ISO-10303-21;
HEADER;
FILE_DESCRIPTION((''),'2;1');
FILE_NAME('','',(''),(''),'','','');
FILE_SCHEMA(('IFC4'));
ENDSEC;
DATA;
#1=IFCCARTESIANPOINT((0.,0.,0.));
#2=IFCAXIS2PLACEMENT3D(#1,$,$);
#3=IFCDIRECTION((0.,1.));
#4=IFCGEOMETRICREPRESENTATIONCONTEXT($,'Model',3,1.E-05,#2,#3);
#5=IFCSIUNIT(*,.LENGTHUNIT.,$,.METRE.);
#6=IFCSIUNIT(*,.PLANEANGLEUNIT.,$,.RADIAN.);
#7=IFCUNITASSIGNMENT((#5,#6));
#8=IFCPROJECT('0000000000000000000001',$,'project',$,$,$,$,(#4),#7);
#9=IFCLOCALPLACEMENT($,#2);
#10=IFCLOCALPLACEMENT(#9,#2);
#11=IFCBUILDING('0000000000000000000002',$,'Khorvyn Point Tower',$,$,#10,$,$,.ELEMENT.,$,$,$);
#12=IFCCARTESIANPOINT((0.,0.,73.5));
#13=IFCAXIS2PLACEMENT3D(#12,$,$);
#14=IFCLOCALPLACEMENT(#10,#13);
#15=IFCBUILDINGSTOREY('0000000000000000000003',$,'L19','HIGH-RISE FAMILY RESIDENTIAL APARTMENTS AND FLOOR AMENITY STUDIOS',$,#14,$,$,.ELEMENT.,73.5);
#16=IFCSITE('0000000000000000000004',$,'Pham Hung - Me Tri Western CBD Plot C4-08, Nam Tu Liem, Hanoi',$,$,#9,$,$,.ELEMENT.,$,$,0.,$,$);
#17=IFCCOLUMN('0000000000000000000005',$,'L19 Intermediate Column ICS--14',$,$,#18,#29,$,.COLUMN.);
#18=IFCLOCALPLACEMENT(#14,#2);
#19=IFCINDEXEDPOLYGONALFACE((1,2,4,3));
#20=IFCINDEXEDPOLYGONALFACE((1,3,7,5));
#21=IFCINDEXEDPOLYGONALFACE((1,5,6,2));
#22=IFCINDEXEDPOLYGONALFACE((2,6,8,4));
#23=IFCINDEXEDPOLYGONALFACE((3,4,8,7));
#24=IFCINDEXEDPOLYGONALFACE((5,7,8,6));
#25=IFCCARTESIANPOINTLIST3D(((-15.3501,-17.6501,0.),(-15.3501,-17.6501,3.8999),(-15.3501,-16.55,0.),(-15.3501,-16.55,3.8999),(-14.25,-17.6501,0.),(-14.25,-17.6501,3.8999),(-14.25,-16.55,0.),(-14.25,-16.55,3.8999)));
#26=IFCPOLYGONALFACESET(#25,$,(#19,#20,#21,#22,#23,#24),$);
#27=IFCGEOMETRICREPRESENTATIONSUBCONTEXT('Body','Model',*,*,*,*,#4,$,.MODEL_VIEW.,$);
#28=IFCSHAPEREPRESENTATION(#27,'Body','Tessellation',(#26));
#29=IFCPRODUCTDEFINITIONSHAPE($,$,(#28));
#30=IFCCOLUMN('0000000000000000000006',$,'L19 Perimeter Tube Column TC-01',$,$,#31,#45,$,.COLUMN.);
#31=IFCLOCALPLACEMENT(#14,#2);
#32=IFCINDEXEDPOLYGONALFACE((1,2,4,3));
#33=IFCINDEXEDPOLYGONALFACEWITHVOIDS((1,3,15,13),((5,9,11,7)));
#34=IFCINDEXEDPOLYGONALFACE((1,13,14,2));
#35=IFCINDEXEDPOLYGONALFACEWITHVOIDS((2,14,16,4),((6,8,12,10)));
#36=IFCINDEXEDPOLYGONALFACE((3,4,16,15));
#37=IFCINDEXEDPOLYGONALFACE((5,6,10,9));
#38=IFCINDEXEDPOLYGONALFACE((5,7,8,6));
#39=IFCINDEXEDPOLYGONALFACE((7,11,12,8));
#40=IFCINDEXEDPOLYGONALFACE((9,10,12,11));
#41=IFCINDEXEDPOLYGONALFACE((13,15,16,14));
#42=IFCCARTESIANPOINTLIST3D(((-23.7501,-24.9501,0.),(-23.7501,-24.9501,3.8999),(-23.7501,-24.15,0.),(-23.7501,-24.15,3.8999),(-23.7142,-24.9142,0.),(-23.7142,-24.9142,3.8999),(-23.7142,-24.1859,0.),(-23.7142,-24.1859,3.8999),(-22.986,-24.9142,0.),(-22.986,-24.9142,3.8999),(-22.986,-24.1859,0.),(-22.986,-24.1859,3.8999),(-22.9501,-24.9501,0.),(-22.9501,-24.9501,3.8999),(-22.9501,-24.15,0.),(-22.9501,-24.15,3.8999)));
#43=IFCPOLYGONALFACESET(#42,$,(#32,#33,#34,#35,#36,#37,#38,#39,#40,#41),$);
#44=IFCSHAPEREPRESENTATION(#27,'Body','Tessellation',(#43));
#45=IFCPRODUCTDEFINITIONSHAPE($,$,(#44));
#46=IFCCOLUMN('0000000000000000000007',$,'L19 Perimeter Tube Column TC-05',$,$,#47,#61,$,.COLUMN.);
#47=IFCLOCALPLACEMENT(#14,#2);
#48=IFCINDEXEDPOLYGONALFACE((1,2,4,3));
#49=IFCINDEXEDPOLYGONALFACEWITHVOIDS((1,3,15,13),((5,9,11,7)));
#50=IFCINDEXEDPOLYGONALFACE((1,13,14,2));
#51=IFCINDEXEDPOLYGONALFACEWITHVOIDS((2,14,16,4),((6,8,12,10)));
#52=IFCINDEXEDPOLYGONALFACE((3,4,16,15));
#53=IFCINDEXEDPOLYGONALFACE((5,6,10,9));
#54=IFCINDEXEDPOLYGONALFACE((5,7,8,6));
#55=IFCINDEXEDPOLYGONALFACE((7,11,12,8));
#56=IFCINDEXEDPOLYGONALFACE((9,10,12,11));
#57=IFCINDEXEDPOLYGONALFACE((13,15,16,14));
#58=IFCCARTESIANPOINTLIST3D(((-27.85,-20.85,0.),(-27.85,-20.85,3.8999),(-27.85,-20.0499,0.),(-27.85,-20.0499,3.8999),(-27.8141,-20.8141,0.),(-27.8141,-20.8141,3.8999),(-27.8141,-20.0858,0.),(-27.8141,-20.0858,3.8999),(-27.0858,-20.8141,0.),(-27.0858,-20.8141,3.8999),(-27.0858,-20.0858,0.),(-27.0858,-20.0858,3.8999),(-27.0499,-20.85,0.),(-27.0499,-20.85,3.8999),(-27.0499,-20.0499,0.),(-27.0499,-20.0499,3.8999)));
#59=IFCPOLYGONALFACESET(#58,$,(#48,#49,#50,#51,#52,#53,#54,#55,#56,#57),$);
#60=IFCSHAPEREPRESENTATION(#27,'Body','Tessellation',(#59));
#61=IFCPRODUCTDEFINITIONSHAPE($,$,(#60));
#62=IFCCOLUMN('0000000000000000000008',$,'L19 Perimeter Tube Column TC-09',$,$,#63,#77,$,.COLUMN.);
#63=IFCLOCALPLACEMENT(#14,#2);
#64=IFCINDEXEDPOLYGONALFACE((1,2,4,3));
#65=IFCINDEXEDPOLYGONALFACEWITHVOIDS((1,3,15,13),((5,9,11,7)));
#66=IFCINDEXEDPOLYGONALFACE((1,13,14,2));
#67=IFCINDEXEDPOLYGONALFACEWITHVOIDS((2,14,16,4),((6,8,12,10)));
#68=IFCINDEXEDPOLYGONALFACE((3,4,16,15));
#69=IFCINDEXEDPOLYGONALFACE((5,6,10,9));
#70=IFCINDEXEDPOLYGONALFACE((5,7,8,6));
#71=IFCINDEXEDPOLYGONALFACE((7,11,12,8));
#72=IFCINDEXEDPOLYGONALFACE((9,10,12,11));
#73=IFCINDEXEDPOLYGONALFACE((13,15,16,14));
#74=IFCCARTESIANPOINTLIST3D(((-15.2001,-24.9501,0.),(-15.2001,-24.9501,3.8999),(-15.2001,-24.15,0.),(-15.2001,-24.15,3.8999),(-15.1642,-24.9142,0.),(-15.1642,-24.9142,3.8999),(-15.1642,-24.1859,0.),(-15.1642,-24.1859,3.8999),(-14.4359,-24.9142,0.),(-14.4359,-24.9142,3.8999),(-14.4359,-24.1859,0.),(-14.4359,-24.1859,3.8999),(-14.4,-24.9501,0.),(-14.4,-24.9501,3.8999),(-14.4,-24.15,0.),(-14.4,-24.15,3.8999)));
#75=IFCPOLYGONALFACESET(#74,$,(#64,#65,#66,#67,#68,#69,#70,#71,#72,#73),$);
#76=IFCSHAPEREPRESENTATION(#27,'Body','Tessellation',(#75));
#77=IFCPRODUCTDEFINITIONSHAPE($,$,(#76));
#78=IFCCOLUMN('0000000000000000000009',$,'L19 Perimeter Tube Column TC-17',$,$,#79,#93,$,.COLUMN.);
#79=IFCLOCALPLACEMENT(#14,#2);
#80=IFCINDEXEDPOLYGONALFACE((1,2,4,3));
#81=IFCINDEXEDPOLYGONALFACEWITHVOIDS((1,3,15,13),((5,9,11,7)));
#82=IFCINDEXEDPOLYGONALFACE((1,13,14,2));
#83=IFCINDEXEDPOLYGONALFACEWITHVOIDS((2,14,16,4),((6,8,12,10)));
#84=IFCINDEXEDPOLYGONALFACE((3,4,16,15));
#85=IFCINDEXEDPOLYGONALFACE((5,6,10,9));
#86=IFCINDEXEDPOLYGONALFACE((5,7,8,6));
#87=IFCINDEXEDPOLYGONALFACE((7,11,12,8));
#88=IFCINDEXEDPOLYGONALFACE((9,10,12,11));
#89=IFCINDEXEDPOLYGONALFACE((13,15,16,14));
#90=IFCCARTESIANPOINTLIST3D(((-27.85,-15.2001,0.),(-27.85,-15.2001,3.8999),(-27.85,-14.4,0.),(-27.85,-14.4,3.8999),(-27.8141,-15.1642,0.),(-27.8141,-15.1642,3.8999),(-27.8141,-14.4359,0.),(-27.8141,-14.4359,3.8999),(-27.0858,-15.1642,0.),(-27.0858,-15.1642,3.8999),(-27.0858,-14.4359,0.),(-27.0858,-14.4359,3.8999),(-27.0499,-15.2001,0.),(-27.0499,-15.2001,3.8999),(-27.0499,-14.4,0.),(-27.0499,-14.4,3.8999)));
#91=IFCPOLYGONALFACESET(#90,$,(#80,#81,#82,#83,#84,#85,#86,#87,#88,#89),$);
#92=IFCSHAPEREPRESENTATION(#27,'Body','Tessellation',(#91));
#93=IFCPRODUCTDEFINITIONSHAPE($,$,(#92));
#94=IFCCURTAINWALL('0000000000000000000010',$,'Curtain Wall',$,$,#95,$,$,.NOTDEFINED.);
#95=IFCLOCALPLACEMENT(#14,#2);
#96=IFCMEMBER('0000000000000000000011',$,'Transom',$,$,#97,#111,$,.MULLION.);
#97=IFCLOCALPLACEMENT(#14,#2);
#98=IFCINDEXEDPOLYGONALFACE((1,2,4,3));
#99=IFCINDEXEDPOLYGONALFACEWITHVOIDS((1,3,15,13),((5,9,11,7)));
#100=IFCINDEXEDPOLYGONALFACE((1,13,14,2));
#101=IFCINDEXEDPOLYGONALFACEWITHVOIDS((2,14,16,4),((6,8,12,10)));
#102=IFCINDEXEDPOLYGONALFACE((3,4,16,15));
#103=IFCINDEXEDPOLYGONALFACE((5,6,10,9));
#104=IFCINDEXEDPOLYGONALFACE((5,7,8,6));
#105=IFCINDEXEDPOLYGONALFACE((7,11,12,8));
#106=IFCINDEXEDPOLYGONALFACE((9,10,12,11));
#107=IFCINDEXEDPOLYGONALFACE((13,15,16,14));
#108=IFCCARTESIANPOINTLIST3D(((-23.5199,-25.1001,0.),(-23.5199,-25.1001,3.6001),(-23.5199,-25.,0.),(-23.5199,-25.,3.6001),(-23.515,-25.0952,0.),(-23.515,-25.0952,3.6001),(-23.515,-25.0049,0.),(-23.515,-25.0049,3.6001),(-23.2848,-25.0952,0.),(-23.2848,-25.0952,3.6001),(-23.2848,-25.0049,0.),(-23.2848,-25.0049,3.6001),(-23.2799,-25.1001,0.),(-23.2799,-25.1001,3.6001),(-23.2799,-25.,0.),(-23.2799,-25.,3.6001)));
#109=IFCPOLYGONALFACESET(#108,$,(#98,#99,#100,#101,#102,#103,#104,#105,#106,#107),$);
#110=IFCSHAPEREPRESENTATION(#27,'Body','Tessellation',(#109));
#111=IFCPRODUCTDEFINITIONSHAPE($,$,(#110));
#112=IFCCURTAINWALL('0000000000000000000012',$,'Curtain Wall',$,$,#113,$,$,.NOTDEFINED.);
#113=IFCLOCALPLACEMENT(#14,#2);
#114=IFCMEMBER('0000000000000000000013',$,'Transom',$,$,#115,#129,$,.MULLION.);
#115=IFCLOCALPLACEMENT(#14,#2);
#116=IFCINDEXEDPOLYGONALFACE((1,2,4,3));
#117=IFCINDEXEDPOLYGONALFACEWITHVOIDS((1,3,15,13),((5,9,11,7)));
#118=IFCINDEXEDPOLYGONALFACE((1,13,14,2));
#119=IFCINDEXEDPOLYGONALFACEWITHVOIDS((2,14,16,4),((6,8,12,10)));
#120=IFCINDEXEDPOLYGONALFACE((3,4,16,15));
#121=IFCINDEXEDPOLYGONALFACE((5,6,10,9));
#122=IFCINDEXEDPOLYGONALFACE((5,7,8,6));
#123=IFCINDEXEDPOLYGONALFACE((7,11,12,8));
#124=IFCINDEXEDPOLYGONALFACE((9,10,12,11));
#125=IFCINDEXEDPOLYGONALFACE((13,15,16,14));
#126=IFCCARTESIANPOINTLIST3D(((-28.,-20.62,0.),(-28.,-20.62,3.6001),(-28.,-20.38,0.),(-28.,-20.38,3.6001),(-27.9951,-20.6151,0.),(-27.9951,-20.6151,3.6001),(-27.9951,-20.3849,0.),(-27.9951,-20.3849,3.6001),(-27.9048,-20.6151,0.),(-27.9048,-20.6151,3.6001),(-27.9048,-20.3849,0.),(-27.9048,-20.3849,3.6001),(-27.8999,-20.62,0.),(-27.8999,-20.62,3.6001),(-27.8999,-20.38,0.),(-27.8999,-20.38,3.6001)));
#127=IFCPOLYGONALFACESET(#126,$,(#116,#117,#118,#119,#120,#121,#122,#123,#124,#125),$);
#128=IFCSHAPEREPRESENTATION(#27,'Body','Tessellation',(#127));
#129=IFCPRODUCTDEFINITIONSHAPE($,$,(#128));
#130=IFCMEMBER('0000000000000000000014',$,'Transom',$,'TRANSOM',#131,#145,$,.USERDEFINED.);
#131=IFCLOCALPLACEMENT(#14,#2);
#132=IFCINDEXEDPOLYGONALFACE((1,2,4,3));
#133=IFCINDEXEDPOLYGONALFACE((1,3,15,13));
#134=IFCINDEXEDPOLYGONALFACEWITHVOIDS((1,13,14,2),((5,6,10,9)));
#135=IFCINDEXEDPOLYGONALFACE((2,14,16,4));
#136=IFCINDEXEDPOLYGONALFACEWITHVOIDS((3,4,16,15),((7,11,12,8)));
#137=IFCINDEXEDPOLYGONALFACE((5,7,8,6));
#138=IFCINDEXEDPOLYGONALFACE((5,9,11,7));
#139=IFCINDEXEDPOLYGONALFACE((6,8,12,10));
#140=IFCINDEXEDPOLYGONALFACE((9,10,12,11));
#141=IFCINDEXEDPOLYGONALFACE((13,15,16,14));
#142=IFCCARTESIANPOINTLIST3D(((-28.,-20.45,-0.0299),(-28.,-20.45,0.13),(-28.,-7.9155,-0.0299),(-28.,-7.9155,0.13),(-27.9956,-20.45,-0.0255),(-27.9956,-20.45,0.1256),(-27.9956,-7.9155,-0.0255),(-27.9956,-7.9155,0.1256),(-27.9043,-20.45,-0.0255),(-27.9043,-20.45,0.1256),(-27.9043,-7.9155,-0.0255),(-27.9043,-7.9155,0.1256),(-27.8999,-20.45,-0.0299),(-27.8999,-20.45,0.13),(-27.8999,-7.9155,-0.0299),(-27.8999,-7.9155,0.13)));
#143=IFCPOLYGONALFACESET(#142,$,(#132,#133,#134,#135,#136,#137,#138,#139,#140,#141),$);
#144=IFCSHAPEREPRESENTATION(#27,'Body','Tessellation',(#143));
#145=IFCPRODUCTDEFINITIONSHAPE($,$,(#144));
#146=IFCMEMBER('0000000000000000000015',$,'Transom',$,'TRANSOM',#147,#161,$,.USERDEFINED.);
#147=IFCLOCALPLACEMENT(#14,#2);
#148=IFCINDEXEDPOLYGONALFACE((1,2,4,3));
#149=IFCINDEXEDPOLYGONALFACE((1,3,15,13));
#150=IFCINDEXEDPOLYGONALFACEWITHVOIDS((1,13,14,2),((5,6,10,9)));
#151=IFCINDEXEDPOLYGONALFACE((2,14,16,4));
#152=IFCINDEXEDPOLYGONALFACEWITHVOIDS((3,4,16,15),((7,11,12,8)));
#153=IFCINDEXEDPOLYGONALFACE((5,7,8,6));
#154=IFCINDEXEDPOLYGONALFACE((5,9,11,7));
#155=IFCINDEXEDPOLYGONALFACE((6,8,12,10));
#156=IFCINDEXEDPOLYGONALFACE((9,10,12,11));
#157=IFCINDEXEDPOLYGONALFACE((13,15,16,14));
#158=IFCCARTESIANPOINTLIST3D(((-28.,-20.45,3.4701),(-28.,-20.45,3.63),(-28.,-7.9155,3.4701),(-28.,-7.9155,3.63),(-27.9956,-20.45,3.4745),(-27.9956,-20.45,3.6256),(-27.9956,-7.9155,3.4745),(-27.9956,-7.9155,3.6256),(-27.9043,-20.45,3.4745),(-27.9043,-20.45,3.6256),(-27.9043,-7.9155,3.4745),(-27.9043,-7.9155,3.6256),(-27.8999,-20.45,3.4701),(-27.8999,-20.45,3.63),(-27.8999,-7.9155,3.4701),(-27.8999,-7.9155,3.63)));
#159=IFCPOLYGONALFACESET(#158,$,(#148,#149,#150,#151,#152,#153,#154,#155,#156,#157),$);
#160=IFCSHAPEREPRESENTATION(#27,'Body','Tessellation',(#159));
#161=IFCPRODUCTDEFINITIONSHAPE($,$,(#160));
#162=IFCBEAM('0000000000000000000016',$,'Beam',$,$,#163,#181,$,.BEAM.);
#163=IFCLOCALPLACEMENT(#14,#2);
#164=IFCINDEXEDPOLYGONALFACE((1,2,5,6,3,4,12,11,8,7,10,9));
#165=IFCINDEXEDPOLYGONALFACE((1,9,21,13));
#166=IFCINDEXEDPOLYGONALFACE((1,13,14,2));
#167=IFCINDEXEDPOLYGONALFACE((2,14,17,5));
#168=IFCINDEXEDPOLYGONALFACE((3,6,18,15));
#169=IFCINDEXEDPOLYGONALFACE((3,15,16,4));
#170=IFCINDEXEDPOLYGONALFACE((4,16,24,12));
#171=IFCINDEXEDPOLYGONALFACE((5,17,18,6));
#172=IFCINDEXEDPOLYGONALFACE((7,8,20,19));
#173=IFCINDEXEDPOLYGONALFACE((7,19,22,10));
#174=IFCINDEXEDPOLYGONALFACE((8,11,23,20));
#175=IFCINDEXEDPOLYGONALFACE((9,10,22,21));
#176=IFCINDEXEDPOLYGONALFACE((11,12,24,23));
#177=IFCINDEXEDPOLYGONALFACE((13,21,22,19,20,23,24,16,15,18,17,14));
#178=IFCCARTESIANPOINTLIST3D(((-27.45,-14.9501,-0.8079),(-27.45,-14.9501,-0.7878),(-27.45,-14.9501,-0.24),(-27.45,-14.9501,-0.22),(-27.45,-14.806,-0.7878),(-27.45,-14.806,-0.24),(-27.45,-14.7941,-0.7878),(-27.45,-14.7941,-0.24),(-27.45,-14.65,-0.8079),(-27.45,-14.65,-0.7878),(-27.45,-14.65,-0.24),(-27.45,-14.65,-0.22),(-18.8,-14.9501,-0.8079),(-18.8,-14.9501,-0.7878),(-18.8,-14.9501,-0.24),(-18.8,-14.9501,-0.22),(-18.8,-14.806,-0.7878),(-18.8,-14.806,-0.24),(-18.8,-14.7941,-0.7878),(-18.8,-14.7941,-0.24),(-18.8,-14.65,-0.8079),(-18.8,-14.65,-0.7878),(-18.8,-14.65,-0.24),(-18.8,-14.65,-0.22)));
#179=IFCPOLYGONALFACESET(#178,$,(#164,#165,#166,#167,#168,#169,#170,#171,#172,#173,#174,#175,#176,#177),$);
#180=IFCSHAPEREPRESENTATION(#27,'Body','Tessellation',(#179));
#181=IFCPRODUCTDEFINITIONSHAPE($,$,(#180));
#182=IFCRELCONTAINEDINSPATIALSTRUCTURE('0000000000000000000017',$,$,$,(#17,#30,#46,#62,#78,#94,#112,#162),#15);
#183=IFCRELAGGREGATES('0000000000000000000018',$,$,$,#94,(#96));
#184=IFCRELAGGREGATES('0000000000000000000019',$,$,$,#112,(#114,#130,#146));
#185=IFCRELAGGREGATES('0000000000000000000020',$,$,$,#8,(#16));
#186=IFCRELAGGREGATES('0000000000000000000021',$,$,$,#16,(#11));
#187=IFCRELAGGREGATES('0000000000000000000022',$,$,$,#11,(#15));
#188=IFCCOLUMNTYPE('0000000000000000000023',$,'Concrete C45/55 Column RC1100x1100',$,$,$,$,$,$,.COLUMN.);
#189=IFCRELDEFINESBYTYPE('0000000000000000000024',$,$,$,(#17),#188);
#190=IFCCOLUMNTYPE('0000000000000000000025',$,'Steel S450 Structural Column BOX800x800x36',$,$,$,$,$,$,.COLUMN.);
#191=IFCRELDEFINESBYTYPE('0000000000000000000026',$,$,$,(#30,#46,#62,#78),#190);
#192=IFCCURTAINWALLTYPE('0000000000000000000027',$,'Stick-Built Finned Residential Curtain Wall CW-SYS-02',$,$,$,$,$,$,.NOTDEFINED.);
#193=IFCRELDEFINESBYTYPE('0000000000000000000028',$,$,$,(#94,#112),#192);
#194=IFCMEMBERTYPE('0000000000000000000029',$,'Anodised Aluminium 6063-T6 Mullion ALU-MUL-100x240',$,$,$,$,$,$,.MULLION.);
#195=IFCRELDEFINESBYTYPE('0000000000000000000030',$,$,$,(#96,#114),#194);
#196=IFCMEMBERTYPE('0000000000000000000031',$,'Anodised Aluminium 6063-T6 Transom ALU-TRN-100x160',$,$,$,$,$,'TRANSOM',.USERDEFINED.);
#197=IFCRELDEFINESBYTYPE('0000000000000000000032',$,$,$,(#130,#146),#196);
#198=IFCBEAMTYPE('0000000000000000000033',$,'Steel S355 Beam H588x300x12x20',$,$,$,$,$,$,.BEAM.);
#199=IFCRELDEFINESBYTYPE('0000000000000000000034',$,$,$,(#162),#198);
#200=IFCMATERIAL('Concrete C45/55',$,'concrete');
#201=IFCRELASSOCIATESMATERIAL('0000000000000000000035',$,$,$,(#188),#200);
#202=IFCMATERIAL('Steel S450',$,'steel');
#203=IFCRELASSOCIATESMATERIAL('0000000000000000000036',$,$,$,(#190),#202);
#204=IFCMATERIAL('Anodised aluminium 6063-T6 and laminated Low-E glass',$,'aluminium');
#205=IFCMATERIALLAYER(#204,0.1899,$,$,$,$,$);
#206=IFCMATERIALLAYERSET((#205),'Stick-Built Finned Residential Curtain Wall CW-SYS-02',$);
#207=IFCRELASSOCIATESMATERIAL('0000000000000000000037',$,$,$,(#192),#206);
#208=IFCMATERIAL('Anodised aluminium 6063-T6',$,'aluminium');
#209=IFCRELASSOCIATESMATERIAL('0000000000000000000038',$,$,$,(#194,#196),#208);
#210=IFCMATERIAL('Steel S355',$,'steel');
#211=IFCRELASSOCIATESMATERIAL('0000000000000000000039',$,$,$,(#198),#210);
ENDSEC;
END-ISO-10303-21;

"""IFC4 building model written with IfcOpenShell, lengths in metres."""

from ifc_helpers import new_model, si_unit, direction, frame, origin, origin_2d, place, context, subcontext, project, spatial, rectangle, hollow_rectangle, i_section, extrude, material, layer, layer_set, material_profile, profile_set, type_object, element, aggregate, save


model = new_model("IFC4")

# Units and contexts
model_context = context("Model", 3, precision=1e-05, world=origin(), true_north=direction((0.0, 1.0)))
body_context = subcontext(model_context, "Body", "Model", "MODEL_VIEW")
ifc_project = project(units=[si_unit("LENGTHUNIT", "METRE"), si_unit("PLANEANGLEUNIT", "RADIAN")], contexts=[model_context])

# Site, building, storey
site_placement = place(None, origin())
site = spatial("IfcSite", under=ifc_project, at=site_placement, Name="Pham Hung - Me Tri Western CBD Plot C4-08, Nam Tu Liem, Hanoi", CompositionType="ELEMENT", RefElevation=0.0)
building_placement = place(site_placement, origin())
building = spatial("IfcBuilding", under=site, at=building_placement, Name="Khorvyn Point Tower", CompositionType="ELEMENT")
storey_placement = place(building_placement, frame((0.0, 0.0, 73.5)))
storey = spatial("IfcBuildingStorey", under=building, at=storey_placement, Name="L19", Description="HIGH-RISE FAMILY RESIDENTIAL APARTMENTS AND FLOOR AMENITY STUDIOS", CompositionType="ELEMENT", Elevation=73.5)

# Columns
ifc_material_1 = material(Name="Concrete C45/55", Category="concrete")
ifc_material_profile_1 = material_profile(ifc_material_1, rectangle(XDim=1.1001, YDim=1.1001, at=origin_2d()))
ifc_profile_set_1 = profile_set([ifc_material_profile_1], Name="Concrete C45/55 RC1100x1100")
column_type_1 = type_object("IfcColumnType", Name="Concrete C45/55 Column RC1100x1100", PredefinedType="COLUMN", material=ifc_profile_set_1)
column_placement = place(storey_placement, frame((-14.8, -17.1001, 0.0), z_axis=(0.0, 0.0, 1.0), x_axis=(1.0, 0.0, 0.0)))
element("IfcColumn", 1, at=column_placement, inside=storey, type_object=column_type_1, Name="L19 Intermediate Column ICS--14", PredefinedType="COLUMN", context=body_context, shape_type="SweptSolid", body=[
    extrude(rectangle(XDim=1.1001, YDim=1.1001, at=origin_2d()), origin(), (0.0, 0.0, 1.0), 3.8999),
])
ifc_material_2 = material(Name="Steel S450", Category="steel")
ifc_material_profile_2 = material_profile(ifc_material_2, hollow_rectangle(XDim=0.8, YDim=0.8, WallThickness=0.0359, at=origin_2d()))
ifc_profile_set_2 = profile_set([ifc_material_profile_2], Name="Steel S450 BOX800x800x36")
column_type_2 = type_object("IfcColumnType", Name="Steel S450 Structural Column BOX800x800x36", PredefinedType="COLUMN", material=ifc_profile_set_2)
for number, where, z_axis, x_axis, name in (
    (2, (-23.3501, -24.55, 0.0), (0.0, 0.0, 1.0), (1.0, 0.0, 0.0), "L19 Perimeter Tube Column TC-01"),
    (3, (-27.45, -20.45, 0.0), (0.0, 0.0, 1.0), (1.0, 0.0, 0.0), "L19 Perimeter Tube Column TC-05"),
    (4, (-14.8, -24.55, 0.0), (0.0, 0.0, 1.0), (1.0, 0.0, 0.0), "L19 Perimeter Tube Column TC-09"),
    (5, (-27.45, -14.8, 0.0), (0.0, 0.0, 1.0), (1.0, 0.0, 0.0), "L19 Perimeter Tube Column TC-17"),
):
    element("IfcColumn", number, at=place(storey_placement, frame(where, z_axis=z_axis, x_axis=x_axis)), inside=storey, type_object=column_type_2, Name=name, PredefinedType="COLUMN", context=body_context, shape_type="SweptSolid", body=[
        extrude(hollow_rectangle(XDim=0.8, YDim=0.8, WallThickness=0.0359, at=origin_2d()), origin(), (0.0, 0.0, 1.0), 3.8999),
    ])

# Curtain wall, member
ifc_material_3 = material(Name="Anodised aluminium 6063-T6 and laminated Low-E glass", Category="aluminium")
ifc_layer_1 = layer(ifc_material_3, 0.1899)
ifc_layer_set_1 = layer_set([ifc_layer_1], Name="Stick-Built Finned Residential Curtain Wall CW-SYS-02")
curtain_wall_type = type_object("IfcCurtainWallType", Name="Stick-Built Finned Residential Curtain Wall CW-SYS-02", PredefinedType="NOTDEFINED", material=ifc_layer_set_1)
curtain_wall_1_placement = place(storey_placement, origin())
curtain_wall_1 = element("IfcCurtainWall", 6, at=curtain_wall_1_placement, inside=storey, type_object=curtain_wall_type, Name="Curtain Wall", PredefinedType="NOTDEFINED")
ifc_material_4 = material(Name="Anodised aluminium 6063-T6", Category="aluminium")
ifc_material_profile_3 = material_profile(ifc_material_4, hollow_rectangle(XDim=0.1001, YDim=0.24, WallThickness=0.0049, at=origin_2d()))
ifc_profile_set_3 = profile_set([ifc_material_profile_3], Name="Anodised aluminium 6063-T6 ALU-MUL-100x240")
member_type_1 = type_object("IfcMemberType", Name="Anodised Aluminium 6063-T6 Mullion ALU-MUL-100x240", PredefinedType="MULLION", material=ifc_profile_set_3)
member_1_placement = place(storey_placement, frame((-23.3999, -25.05, 0.0), z_axis=(0.0, 0.0, 1.0), x_axis=(0.0, -1.0, 0.0)))
member_1 = element("IfcMember", 7, at=member_1_placement, type_object=member_type_1, Name="Transom", PredefinedType="MULLION", context=body_context, shape_type="SweptSolid", body=[
    extrude(hollow_rectangle(XDim=0.1001, YDim=0.24, WallThickness=0.0049, at=origin_2d()), origin(), (0.0, 0.0, 1.0), 3.6001),
])

# Curtain wall, members
curtain_wall_2_placement = place(storey_placement, origin())
curtain_wall_2 = element("IfcCurtainWall", 8, at=curtain_wall_2_placement, inside=storey, type_object=curtain_wall_type, Name="Curtain Wall", PredefinedType="NOTDEFINED")
member_2_placement = place(storey_placement, frame((-27.95, -20.5, 0.0), z_axis=(0.0, 0.0, 1.0), x_axis=(-1.0, 0.0, 0.0)))
member_2 = element("IfcMember", 9, at=member_2_placement, type_object=member_type_1, Name="Transom", PredefinedType="MULLION", context=body_context, shape_type="SweptSolid", body=[
    extrude(hollow_rectangle(XDim=0.1001, YDim=0.24, WallThickness=0.0049, at=origin_2d()), origin(), (0.0, 0.0, 1.0), 3.6001),
])
ifc_material_profile_4 = material_profile(ifc_material_4, hollow_rectangle(XDim=0.1001, YDim=0.1599, WallThickness=0.0044, at=origin_2d()))
ifc_profile_set_4 = profile_set([ifc_material_profile_4], Name="Anodised aluminium 6063-T6 ALU-TRN-100x160")
member_type_2 = type_object("IfcMemberType", Name="Anodised Aluminium 6063-T6 Transom ALU-TRN-100x160", ElementType="TRANSOM", PredefinedType="USERDEFINED", material=ifc_profile_set_4)
member_3_placement = place(storey_placement, frame((-27.95, -20.45, 0.05), z_axis=(0.0, 1.0, 0.0), x_axis=(-1.0, 0.0, 0.0)))
member_3 = element("IfcMember", 10, at=member_3_placement, type_object=member_type_2, Name="Transom", ObjectType="TRANSOM", PredefinedType="USERDEFINED", context=body_context, shape_type="SweptSolid", body=[
    extrude(hollow_rectangle(XDim=0.1001, YDim=0.1599, WallThickness=0.0044, at=origin_2d()), origin(), (0.0, 0.0, 1.0), 12.5344),
])
member_4_placement = place(storey_placement, frame((-27.95, -20.45, 3.55), z_axis=(0.0, 1.0, 0.0), x_axis=(-1.0, 0.0, 0.0)))
member_4 = element("IfcMember", 11, at=member_4_placement, type_object=member_type_2, Name="Transom", ObjectType="TRANSOM", PredefinedType="USERDEFINED", context=body_context, shape_type="SweptSolid", body=[
    extrude(hollow_rectangle(XDim=0.1001, YDim=0.1599, WallThickness=0.0044, at=origin_2d()), origin(), (0.0, 0.0, 1.0), 12.5344),
])

# Beam
ifc_material_5 = material(Name="Steel S355", Category="steel")
ifc_material_profile_5 = material_profile(ifc_material_5, i_section(OverallWidth=0.3, OverallDepth=0.5879, WebThickness=0.012, FlangeThickness=0.02, at=origin_2d()))
ifc_profile_set_5 = profile_set([ifc_material_profile_5], Name="Steel S355 H588x300x12x20")
beam_type_1 = type_object("IfcBeamType", Name="Steel S355 Beam H588x300x12x20", PredefinedType="BEAM", material=ifc_profile_set_5)
beam_1_placement = place(storey_placement, frame((-27.45, -14.8, -0.5139), z_axis=(1.0, 0.0, 0.0), x_axis=(0.0, 1.0, 0.0)))
element("IfcBeam", 12, at=beam_1_placement, inside=storey, type_object=beam_type_1, Name="Beam", PredefinedType="BEAM", context=body_context, shape_type="SweptSolid", body=[
    extrude(i_section(OverallWidth=0.3, OverallDepth=0.5879, WebThickness=0.012, FlangeThickness=0.02, at=origin_2d()), origin(), (0.0, 0.0, 1.0), 8.6499),
])

aggregate(curtain_wall_1, [member_1])
aggregate(curtain_wall_2, [member_2, member_3, member_4])

save(model, "model.ifc")
